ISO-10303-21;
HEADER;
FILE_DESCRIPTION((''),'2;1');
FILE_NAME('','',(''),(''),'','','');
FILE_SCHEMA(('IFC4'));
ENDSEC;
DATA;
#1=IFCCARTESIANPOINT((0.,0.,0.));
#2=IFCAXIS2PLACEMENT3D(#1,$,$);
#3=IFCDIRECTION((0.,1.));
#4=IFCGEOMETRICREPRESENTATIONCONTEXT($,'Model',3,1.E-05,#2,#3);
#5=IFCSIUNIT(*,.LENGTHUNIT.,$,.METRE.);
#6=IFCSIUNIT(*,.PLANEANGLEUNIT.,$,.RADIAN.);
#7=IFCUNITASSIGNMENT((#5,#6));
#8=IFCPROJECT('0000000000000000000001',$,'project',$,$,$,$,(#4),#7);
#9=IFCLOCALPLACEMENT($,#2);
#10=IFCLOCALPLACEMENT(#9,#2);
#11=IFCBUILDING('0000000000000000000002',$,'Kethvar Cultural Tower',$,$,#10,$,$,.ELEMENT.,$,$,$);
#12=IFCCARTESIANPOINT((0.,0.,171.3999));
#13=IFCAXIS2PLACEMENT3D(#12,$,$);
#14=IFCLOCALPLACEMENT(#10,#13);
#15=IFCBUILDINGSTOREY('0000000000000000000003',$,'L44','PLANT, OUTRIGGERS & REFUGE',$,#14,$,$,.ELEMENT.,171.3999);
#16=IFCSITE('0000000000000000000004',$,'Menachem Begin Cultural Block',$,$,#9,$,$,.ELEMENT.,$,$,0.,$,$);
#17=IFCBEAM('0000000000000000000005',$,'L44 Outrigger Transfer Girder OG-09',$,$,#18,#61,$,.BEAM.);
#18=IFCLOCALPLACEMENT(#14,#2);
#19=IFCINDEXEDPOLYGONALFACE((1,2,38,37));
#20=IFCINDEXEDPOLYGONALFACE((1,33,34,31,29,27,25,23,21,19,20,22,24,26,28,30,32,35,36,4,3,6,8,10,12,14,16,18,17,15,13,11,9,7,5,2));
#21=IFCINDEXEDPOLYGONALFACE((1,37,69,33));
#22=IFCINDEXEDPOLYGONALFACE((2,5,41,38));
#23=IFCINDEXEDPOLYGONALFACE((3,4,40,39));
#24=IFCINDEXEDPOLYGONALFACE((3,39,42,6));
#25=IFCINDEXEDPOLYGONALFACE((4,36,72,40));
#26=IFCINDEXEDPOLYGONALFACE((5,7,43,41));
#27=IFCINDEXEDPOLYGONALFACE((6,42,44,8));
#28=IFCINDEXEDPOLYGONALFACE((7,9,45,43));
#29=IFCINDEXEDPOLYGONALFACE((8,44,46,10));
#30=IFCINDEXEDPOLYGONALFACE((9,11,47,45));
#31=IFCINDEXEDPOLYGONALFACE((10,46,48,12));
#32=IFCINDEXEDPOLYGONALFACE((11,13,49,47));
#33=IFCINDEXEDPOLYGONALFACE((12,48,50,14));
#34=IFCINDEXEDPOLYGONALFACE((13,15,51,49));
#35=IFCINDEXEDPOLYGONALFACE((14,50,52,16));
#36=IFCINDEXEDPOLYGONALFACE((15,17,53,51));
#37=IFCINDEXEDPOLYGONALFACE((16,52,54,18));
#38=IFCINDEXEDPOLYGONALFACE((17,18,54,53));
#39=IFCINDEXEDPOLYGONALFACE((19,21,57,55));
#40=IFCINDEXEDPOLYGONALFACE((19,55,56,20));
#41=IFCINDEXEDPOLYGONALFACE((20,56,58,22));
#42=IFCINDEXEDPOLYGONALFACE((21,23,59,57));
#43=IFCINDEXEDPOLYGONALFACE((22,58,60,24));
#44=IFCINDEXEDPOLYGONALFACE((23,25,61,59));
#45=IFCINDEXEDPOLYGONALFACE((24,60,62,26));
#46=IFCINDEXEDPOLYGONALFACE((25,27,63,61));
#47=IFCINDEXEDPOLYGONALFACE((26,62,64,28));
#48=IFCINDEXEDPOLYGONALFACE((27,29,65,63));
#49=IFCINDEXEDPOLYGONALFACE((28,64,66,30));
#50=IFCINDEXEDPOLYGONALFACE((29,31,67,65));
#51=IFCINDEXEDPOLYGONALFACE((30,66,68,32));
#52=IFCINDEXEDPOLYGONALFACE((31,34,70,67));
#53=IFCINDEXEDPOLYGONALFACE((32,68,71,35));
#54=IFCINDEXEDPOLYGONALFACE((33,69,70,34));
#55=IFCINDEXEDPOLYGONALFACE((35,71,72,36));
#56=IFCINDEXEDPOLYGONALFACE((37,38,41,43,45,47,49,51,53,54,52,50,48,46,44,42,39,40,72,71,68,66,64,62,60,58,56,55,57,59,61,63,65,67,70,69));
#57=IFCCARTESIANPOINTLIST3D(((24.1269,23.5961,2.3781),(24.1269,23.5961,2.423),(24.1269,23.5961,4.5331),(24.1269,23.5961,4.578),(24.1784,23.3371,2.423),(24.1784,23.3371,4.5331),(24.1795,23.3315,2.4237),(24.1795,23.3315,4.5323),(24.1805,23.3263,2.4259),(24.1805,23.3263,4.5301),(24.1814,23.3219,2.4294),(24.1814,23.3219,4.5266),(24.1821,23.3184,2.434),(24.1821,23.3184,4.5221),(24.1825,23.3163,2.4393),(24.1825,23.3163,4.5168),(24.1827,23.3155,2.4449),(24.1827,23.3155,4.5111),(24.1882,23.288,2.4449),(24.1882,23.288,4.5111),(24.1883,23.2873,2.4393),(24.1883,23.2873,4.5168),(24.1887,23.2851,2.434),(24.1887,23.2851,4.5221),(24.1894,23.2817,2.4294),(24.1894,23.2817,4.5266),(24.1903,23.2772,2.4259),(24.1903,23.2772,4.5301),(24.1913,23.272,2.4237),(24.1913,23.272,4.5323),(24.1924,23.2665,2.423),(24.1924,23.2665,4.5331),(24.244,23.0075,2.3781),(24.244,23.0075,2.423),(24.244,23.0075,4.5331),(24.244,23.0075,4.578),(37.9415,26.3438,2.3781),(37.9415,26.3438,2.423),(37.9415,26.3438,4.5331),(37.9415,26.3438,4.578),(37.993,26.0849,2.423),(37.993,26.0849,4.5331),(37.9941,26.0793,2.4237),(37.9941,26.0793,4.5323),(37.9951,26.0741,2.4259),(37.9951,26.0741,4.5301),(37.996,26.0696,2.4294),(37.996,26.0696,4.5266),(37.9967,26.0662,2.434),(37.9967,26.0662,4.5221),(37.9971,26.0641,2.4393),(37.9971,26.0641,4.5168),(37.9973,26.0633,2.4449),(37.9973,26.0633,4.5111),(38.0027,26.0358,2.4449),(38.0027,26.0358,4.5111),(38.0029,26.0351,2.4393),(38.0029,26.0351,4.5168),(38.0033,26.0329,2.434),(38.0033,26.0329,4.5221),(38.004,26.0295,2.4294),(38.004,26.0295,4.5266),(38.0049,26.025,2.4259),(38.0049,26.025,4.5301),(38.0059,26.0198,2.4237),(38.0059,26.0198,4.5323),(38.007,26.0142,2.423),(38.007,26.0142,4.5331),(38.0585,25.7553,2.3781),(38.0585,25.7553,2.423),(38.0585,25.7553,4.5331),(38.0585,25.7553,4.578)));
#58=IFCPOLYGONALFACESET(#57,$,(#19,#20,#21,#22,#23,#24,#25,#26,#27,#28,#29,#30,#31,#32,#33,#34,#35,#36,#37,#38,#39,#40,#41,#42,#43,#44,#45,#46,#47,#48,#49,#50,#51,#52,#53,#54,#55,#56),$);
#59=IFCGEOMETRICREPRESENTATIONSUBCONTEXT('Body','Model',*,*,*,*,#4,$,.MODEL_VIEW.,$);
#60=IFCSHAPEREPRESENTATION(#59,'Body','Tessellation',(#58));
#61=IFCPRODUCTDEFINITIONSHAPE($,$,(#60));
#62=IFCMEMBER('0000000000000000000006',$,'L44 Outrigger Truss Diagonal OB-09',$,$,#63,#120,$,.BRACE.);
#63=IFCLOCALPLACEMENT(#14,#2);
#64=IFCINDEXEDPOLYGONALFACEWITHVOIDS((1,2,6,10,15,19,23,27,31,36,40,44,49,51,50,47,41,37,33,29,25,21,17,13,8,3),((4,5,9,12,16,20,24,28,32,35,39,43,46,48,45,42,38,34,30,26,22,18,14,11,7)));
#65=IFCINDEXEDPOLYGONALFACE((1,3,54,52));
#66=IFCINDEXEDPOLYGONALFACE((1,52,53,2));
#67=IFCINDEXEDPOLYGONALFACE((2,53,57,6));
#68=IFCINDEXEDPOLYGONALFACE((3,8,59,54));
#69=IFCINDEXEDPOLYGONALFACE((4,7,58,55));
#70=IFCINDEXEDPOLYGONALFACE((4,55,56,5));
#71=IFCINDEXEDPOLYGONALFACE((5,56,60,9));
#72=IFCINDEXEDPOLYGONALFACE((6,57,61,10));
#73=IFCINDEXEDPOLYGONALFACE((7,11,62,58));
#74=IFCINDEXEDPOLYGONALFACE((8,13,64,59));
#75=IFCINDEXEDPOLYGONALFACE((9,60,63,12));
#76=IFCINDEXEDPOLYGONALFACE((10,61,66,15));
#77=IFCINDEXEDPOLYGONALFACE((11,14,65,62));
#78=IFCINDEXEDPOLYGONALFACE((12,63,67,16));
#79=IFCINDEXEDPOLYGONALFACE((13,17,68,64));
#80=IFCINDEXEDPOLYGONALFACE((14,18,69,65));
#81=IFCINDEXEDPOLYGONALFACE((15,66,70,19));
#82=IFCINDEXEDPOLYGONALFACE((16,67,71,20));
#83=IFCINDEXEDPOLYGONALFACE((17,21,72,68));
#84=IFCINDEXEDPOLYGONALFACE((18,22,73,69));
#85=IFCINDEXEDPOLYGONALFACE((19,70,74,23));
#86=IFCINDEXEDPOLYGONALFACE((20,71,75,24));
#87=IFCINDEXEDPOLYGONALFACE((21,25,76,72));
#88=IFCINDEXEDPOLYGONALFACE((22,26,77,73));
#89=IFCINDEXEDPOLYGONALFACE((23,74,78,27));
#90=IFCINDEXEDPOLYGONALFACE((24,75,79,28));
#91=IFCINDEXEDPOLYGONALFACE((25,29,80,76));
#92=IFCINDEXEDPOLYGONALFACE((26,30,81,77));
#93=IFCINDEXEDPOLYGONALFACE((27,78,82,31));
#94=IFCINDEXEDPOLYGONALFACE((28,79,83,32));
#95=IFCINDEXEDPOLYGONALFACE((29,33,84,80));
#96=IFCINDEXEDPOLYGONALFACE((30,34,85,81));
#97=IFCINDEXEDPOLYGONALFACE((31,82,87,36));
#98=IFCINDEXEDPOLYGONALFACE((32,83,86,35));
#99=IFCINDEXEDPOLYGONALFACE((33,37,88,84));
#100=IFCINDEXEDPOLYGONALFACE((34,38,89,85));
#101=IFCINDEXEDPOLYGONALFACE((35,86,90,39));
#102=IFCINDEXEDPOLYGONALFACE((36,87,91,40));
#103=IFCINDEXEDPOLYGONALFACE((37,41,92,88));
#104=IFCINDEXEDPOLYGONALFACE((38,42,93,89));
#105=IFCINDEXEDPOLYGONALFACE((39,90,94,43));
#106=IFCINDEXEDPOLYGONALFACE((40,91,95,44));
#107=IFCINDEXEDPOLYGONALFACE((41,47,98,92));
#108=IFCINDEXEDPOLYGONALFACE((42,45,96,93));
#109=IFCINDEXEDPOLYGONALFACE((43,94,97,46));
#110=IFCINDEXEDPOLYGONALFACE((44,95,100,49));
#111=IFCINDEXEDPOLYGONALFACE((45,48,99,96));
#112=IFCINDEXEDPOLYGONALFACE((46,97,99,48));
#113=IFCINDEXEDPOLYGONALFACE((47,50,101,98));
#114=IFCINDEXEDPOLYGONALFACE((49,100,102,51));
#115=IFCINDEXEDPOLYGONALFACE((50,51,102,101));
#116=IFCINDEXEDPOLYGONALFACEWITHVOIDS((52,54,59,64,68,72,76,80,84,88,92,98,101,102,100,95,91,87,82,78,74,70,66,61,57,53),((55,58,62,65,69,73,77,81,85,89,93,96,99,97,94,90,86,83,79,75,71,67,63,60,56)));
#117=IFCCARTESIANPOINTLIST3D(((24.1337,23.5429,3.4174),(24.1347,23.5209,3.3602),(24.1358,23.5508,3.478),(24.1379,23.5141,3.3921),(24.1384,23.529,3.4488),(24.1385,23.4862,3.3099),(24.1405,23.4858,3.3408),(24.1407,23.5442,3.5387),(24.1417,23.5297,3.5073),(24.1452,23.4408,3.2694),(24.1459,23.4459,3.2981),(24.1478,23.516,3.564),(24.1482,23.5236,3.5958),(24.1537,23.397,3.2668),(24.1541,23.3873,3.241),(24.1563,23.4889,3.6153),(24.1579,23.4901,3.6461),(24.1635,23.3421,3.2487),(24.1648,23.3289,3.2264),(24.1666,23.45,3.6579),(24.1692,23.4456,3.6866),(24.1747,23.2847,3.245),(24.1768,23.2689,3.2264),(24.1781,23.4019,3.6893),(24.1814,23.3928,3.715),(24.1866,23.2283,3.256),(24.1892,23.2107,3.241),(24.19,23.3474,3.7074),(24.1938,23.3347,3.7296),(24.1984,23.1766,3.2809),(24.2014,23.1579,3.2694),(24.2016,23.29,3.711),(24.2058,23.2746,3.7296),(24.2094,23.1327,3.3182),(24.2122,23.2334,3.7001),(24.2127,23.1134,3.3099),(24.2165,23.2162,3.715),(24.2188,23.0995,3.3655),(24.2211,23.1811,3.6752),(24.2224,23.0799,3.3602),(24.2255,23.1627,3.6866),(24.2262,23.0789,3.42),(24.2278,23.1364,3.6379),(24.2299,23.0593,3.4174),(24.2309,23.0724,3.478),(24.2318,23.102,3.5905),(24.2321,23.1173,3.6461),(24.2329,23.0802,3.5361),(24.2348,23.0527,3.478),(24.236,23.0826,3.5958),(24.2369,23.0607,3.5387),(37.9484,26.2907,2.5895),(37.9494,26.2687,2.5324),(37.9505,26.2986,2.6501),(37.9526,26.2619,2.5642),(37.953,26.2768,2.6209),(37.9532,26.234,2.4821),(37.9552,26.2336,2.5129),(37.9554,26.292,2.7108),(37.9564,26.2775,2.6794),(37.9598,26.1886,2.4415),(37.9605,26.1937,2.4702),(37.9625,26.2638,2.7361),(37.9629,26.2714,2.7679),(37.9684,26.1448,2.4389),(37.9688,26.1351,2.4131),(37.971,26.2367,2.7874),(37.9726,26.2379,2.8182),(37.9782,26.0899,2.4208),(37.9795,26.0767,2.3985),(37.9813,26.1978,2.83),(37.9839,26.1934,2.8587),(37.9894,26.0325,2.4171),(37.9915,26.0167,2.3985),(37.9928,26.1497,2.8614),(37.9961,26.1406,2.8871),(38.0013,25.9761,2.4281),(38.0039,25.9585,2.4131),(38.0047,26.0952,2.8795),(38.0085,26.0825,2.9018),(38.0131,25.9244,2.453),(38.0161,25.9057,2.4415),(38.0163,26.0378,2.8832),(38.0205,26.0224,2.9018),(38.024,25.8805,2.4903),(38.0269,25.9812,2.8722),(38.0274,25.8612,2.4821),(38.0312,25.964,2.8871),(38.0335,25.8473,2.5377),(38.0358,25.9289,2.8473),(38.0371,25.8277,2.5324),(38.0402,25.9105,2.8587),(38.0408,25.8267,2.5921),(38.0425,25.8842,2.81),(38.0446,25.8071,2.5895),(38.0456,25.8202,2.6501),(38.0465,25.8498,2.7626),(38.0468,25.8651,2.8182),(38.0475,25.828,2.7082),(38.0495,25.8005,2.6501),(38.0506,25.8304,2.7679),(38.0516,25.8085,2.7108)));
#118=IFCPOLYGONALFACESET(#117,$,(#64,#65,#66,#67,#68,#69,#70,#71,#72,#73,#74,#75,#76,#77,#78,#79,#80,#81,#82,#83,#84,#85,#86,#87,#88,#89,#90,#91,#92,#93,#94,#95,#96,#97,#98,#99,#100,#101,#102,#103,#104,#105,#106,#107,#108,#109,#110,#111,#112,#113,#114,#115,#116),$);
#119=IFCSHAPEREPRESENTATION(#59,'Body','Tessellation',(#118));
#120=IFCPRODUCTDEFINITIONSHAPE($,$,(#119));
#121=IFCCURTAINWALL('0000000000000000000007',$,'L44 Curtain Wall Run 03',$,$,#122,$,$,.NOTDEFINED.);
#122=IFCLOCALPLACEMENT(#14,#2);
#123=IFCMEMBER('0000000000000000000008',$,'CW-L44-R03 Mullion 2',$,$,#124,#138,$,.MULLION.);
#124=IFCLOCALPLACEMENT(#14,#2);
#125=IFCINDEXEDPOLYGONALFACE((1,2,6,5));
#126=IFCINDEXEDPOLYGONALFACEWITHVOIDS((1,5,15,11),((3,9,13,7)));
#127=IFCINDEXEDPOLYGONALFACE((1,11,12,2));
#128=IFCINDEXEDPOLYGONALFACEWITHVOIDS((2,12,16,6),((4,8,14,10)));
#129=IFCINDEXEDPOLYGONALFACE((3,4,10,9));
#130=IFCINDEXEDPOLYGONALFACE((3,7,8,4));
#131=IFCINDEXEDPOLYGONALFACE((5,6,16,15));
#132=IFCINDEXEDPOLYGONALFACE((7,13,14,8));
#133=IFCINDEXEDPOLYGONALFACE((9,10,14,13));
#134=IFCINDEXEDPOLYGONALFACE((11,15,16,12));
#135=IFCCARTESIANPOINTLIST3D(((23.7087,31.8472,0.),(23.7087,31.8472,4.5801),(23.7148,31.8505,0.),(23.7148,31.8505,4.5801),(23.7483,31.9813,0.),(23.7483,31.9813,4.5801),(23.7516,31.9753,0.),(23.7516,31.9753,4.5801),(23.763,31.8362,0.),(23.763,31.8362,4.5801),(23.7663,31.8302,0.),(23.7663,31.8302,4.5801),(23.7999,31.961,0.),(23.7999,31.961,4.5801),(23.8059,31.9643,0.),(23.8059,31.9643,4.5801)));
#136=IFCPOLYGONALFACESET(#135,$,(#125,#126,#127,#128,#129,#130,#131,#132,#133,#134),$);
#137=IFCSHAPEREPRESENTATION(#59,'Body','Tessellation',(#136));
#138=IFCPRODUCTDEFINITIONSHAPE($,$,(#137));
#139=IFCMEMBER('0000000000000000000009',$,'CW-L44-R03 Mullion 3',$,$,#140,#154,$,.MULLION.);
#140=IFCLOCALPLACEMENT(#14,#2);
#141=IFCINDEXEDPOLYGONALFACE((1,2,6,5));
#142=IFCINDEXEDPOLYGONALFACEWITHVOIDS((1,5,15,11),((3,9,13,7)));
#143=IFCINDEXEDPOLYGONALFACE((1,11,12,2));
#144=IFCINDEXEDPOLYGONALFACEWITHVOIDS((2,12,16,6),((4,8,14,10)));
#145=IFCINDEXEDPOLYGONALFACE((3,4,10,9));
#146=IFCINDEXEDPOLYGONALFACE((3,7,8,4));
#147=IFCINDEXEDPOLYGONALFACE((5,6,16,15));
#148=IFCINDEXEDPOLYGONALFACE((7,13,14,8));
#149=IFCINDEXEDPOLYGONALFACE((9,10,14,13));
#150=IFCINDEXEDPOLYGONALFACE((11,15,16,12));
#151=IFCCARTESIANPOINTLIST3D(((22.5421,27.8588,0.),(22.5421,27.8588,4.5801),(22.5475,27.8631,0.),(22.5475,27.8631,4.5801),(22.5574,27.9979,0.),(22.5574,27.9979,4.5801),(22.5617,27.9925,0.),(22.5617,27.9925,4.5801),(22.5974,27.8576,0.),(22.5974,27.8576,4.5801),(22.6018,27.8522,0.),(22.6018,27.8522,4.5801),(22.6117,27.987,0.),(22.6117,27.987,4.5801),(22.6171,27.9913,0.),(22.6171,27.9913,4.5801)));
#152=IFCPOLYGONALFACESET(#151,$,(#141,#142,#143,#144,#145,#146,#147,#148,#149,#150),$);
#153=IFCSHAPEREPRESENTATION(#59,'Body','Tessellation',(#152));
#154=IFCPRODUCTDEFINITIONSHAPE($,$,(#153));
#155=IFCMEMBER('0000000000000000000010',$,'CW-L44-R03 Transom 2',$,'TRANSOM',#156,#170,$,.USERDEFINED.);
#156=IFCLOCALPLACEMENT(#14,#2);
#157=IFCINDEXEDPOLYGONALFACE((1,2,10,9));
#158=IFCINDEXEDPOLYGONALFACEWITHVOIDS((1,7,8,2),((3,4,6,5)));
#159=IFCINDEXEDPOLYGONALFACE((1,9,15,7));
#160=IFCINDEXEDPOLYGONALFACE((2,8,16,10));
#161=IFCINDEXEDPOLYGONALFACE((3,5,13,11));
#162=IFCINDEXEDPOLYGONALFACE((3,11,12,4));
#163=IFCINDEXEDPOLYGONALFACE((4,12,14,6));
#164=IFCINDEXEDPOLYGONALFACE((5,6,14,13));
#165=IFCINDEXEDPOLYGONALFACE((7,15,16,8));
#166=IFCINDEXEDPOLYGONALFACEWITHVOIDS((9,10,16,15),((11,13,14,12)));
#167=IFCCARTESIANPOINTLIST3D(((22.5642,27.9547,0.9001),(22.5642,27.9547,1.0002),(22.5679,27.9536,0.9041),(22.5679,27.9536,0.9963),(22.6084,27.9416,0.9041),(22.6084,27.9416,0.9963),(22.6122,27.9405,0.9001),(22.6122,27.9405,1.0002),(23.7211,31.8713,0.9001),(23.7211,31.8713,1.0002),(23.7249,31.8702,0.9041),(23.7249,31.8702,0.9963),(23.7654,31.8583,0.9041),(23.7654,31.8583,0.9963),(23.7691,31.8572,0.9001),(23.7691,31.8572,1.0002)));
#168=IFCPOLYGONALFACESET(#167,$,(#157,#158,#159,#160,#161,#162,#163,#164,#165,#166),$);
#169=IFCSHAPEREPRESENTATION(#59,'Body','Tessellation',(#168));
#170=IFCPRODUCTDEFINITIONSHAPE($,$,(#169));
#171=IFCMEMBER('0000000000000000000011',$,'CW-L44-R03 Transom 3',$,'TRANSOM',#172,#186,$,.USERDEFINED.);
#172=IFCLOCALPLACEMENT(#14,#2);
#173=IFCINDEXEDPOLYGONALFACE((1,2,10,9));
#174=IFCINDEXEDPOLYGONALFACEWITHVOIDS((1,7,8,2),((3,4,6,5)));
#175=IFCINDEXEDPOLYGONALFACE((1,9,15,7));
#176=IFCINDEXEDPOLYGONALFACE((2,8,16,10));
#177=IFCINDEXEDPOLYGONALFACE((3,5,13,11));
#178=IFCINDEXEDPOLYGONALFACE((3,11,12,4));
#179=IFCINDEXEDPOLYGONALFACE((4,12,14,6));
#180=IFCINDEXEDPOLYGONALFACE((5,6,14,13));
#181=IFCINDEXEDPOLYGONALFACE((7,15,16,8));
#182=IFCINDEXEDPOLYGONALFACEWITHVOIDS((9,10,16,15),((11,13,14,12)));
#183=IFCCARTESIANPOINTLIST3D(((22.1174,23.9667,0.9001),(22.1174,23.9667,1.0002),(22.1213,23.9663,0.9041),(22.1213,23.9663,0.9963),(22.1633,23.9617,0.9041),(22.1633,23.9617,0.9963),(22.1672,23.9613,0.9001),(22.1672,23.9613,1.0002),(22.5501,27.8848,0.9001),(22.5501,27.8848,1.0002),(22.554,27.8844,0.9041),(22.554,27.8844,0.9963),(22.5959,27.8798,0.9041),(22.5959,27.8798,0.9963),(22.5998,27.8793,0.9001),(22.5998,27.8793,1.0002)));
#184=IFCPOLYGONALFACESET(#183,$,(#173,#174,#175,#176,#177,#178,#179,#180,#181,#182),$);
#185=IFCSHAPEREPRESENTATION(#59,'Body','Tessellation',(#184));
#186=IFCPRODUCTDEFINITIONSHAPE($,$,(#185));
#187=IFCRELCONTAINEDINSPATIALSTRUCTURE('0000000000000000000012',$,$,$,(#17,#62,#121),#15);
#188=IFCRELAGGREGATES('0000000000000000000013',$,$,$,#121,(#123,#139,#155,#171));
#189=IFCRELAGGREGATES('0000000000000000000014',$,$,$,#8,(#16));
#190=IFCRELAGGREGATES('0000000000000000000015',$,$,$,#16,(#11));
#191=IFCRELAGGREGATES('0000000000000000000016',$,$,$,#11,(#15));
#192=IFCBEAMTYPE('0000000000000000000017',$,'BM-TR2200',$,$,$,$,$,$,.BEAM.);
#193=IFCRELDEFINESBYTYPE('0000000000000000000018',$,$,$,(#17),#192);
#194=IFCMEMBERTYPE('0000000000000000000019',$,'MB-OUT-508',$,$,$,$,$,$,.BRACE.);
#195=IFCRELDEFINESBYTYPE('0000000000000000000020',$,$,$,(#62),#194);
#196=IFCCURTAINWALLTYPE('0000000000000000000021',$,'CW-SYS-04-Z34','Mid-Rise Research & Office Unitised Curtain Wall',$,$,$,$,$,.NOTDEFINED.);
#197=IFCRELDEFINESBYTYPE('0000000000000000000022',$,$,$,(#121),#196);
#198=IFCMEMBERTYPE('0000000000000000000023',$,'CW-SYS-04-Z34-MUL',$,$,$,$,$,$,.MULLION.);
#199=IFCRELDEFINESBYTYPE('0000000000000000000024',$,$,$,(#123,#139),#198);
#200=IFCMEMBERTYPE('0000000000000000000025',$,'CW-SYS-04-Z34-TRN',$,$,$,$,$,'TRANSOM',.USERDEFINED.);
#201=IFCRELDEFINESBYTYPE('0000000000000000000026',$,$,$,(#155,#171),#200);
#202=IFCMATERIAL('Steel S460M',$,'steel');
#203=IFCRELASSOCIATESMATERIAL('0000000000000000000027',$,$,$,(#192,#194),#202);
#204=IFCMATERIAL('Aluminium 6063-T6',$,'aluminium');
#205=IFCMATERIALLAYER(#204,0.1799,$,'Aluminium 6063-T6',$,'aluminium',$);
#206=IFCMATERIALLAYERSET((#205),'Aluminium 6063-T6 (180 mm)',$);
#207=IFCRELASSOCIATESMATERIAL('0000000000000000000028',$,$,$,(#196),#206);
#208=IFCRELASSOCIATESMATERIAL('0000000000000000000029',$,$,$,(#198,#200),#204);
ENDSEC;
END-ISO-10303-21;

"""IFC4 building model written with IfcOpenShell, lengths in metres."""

from ifc_helpers import new_model, si_unit, direction, frame, origin, origin_2d, place, context, subcontext, project, spatial, hollow_rectangle, hollow_circle, i_section, extrude, source, transform, mapped, material, layer, layer_set, material_profile, profile_set, type_object, element, aggregate, save


model = new_model("IFC4")

# Units and contexts
model_context = context("Model", 3, precision=1e-05, world=origin(), true_north=direction((0.0, 1.0)))
body_context = subcontext(model_context, "Body", "Model", "MODEL_VIEW")
ifc_project = project(units=[si_unit("LENGTHUNIT", "METRE"), si_unit("PLANEANGLEUNIT", "RADIAN")], contexts=[model_context])

# Site, building, storey
site_placement = place(None, origin())
site = spatial("IfcSite", under=ifc_project, at=site_placement, Name="Menachem Begin Cultural Block", CompositionType="ELEMENT", RefElevation=0.0)
building_placement = place(site_placement, origin())
building = spatial("IfcBuilding", under=site, at=building_placement, Name="Kethvar Cultural Tower", CompositionType="ELEMENT")
storey_placement = place(building_placement, frame((0.0, 0.0, 171.3999)))
storey = spatial("IfcBuildingStorey", under=building, at=storey_placement, Name="L44", Description="PLANT, OUTRIGGERS & REFUGE", CompositionType="ELEMENT", Elevation=171.3999)

# Shared definitions
ifc_material_1 = material(Name="Steel S460M", Category="steel")

# Shared definitions
ifc_material_profile_1 = material_profile(ifc_material_1, i_section(OverallWidth=0.6001, OverallDepth=2.2, WebThickness=0.0281, FlangeThickness=0.0449, FilletRadius=0.022, at=origin_2d()), Name="Steel S460M — PG2200x600x45x28")
ifc_profile_set_1 = profile_set([ifc_material_profile_1], Name="Steel S460M — PG2200x600x45x28")
beam_type = type_object("IfcBeamType", Name="BM-TR2200", PredefinedType="BEAM", material=ifc_profile_set_1)

# Shared definitions
ifc_material_profile_2 = material_profile(ifc_material_1, hollow_circle(Radius=0.2539, WallThickness=0.02, at=origin_2d()), Name="Steel S460M — CHS508x20")
ifc_profile_set_2 = profile_set([ifc_material_profile_2], Name="Steel S460M — CHS508x20")
member_type_1 = type_object("IfcMemberType", Name="MB-OUT-508", PredefinedType="BRACE", material=ifc_profile_set_2)

# Beam
shared_shape_1 = source(origin(), body_context, "Body", "SweptSolid", [
    extrude(i_section(OverallWidth=0.6001, OverallDepth=2.2, WebThickness=0.0281, FlangeThickness=0.0449, FilletRadius=0.022, at=origin_2d()), origin(), (0.0, 0.0, 1.0), 14.0852),
])
beam_1_placement = place(storey_placement, frame((38.0, 26.0496, 3.478), z_axis=(-0.980787, -0.195083, 0.0), x_axis=(0.195083, -0.980787, 0.0)))
element("IfcBeam", 1, at=beam_1_placement, inside=storey, type_object=beam_type, Name="L44 Outrigger Transfer Girder OG-09", PredefinedType="BEAM", context=body_context, shape_type="MappedRepresentation", body=[
    mapped(shared_shape_1, transform((0.0, 0.0, 0.0), scale=1.0)),
])

# Member
shared_shape_2 = source(origin(), body_context, "Body", "SweptSolid", [
    extrude(hollow_circle(Radius=0.2539, WallThickness=0.02, at=origin_2d()), origin(), (0.0, 0.0, 1.0), 14.1096),
])
member_1_placement = place(storey_placement, frame((38.0, 26.0496, 2.6501), z_axis=(-0.979097, -0.194747, 0.058675), x_axis=(0.195083, -0.980787, 0.0)))
element("IfcMember", 2, at=member_1_placement, inside=storey, type_object=member_type_1, Name="L44 Outrigger Truss Diagonal OB-09", PredefinedType="BRACE", context=body_context, shape_type="MappedRepresentation", body=[
    mapped(shared_shape_2, transform((0.0, 0.0, 0.0), scale=1.0)),
])

# Curtain wall, members
ifc_material_2 = material(Name="Aluminium 6063-T6", Category="aluminium")
ifc_layer_1 = layer(ifc_material_2, 0.1799, Name="Aluminium 6063-T6", Category="aluminium")
ifc_layer_set_1 = layer_set([ifc_layer_1], Name="Aluminium 6063-T6 (180 mm)")
curtain_wall_type = type_object("IfcCurtainWallType", Name="CW-SYS-04-Z34", Description="Mid-Rise Research & Office Unitised Curtain Wall", PredefinedType="NOTDEFINED", material=ifc_layer_set_1)
curtain_wall_placement = place(storey_placement, origin())
curtain_wall = element("IfcCurtainWall", 3, at=curtain_wall_placement, inside=storey, type_object=curtain_wall_type, Name="L44 Curtain Wall Run 03", PredefinedType="NOTDEFINED")
ifc_material_profile_3 = material_profile(ifc_material_2, hollow_rectangle(XDim=0.0601, YDim=0.1399, WallThickness=0.0049, at=origin_2d()), Name="Aluminium 6063-T6 — RHS140x60x5")
ifc_profile_set_3 = profile_set([ifc_material_profile_3], Name="Aluminium 6063-T6 — RHS140x60x5")
member_type_2 = type_object("IfcMemberType", Name="CW-SYS-04-Z34-MUL", PredefinedType="MULLION", material=ifc_profile_set_3)
shared_shape_3 = source(origin(), body_context, "Body", "SweptSolid", [
    extrude(hollow_rectangle(XDim=0.0601, YDim=0.1399, WallThickness=0.0049, at=origin_2d()), origin(), (0.0, 0.0, 1.0), 4.5801),
])
member_2_placement = place(storey_placement, frame((23.7573, 31.9058, 0.0), z_axis=(0.0, 0.0, 1.0), x_axis=(0.959038, -0.283279, 0.0)))
member_2 = element("IfcMember", 4, at=member_2_placement, type_object=member_type_2, Name="CW-L44-R03 Mullion 2", PredefinedType="MULLION", context=body_context, shape_type="MappedRepresentation", body=[
    mapped(shared_shape_3, transform((0.0, 0.0, 0.0), scale=1.0)),
])
member_3_placement = place(storey_placement, frame((22.5796, 27.925, 0.0), z_axis=(0.0, 0.0, 1.0), x_axis=(0.993957, -0.109769, 0.0)))
member_3 = element("IfcMember", 5, at=member_3_placement, type_object=member_type_2, Name="CW-L44-R03 Mullion 3", PredefinedType="MULLION", context=body_context, shape_type="MappedRepresentation", body=[
    mapped(shared_shape_3, transform((0.0, 0.0, 0.0), scale=1.0)),
])
ifc_material_profile_4 = material_profile(ifc_material_2, hollow_rectangle(XDim=0.05, YDim=0.1001, WallThickness=0.0039, at=origin_2d()), Name="Aluminium 6063-T6 — RHS100x50x4")
ifc_profile_set_4 = profile_set([ifc_material_profile_4], Name="Aluminium 6063-T6 — RHS100x50x4")
member_type_3 = type_object("IfcMemberType", Name="CW-SYS-04-Z34-TRN", ElementType="TRANSOM", PredefinedType="USERDEFINED", material=ifc_profile_set_4)
shared_shape_4 = source(origin(), body_context, "Body", "SweptSolid", [
    extrude(hollow_rectangle(XDim=0.05, YDim=0.1001, WallThickness=0.0039, at=origin_2d()), origin(), (0.0, 0.0, 1.0), 4.084),
])
member_4_placement = place(storey_placement, frame((23.7451, 31.8643, 0.9502), z_axis=(-0.283292, -0.959034, 0.0), x_axis=(0.959034, -0.283292, 0.0)))
member_4 = element("IfcMember", 6, at=member_4_placement, type_object=member_type_3, Name="CW-L44-R03 Transom 2", ObjectType="TRANSOM", PredefinedType="USERDEFINED", context=body_context, shape_type="MappedRepresentation", body=[
    mapped(shared_shape_4, transform((0.0, 0.0, 0.0), scale=1.0)),
])
shared_shape_5 = source(origin(), body_context, "Body", "SweptSolid", [
    extrude(hollow_rectangle(XDim=0.05, YDim=0.1001, WallThickness=0.0039, at=origin_2d()), origin(), (0.0, 0.0, 1.0), 3.9419),
])
member_5_placement = place(storey_placement, frame((22.575, 27.8821, 0.9502), z_axis=(-0.109752, -0.993959, 0.0), x_axis=(0.993959, -0.109752, 0.0)))
member_5 = element("IfcMember", 7, at=member_5_placement, type_object=member_type_3, Name="CW-L44-R03 Transom 3", ObjectType="TRANSOM", PredefinedType="USERDEFINED", context=body_context, shape_type="MappedRepresentation", body=[
    mapped(shared_shape_5, transform((0.0, 0.0, 0.0), scale=1.0)),
])

aggregate(curtain_wall, [member_2, member_3, member_4, member_5])

save(model, "model.ifc")
